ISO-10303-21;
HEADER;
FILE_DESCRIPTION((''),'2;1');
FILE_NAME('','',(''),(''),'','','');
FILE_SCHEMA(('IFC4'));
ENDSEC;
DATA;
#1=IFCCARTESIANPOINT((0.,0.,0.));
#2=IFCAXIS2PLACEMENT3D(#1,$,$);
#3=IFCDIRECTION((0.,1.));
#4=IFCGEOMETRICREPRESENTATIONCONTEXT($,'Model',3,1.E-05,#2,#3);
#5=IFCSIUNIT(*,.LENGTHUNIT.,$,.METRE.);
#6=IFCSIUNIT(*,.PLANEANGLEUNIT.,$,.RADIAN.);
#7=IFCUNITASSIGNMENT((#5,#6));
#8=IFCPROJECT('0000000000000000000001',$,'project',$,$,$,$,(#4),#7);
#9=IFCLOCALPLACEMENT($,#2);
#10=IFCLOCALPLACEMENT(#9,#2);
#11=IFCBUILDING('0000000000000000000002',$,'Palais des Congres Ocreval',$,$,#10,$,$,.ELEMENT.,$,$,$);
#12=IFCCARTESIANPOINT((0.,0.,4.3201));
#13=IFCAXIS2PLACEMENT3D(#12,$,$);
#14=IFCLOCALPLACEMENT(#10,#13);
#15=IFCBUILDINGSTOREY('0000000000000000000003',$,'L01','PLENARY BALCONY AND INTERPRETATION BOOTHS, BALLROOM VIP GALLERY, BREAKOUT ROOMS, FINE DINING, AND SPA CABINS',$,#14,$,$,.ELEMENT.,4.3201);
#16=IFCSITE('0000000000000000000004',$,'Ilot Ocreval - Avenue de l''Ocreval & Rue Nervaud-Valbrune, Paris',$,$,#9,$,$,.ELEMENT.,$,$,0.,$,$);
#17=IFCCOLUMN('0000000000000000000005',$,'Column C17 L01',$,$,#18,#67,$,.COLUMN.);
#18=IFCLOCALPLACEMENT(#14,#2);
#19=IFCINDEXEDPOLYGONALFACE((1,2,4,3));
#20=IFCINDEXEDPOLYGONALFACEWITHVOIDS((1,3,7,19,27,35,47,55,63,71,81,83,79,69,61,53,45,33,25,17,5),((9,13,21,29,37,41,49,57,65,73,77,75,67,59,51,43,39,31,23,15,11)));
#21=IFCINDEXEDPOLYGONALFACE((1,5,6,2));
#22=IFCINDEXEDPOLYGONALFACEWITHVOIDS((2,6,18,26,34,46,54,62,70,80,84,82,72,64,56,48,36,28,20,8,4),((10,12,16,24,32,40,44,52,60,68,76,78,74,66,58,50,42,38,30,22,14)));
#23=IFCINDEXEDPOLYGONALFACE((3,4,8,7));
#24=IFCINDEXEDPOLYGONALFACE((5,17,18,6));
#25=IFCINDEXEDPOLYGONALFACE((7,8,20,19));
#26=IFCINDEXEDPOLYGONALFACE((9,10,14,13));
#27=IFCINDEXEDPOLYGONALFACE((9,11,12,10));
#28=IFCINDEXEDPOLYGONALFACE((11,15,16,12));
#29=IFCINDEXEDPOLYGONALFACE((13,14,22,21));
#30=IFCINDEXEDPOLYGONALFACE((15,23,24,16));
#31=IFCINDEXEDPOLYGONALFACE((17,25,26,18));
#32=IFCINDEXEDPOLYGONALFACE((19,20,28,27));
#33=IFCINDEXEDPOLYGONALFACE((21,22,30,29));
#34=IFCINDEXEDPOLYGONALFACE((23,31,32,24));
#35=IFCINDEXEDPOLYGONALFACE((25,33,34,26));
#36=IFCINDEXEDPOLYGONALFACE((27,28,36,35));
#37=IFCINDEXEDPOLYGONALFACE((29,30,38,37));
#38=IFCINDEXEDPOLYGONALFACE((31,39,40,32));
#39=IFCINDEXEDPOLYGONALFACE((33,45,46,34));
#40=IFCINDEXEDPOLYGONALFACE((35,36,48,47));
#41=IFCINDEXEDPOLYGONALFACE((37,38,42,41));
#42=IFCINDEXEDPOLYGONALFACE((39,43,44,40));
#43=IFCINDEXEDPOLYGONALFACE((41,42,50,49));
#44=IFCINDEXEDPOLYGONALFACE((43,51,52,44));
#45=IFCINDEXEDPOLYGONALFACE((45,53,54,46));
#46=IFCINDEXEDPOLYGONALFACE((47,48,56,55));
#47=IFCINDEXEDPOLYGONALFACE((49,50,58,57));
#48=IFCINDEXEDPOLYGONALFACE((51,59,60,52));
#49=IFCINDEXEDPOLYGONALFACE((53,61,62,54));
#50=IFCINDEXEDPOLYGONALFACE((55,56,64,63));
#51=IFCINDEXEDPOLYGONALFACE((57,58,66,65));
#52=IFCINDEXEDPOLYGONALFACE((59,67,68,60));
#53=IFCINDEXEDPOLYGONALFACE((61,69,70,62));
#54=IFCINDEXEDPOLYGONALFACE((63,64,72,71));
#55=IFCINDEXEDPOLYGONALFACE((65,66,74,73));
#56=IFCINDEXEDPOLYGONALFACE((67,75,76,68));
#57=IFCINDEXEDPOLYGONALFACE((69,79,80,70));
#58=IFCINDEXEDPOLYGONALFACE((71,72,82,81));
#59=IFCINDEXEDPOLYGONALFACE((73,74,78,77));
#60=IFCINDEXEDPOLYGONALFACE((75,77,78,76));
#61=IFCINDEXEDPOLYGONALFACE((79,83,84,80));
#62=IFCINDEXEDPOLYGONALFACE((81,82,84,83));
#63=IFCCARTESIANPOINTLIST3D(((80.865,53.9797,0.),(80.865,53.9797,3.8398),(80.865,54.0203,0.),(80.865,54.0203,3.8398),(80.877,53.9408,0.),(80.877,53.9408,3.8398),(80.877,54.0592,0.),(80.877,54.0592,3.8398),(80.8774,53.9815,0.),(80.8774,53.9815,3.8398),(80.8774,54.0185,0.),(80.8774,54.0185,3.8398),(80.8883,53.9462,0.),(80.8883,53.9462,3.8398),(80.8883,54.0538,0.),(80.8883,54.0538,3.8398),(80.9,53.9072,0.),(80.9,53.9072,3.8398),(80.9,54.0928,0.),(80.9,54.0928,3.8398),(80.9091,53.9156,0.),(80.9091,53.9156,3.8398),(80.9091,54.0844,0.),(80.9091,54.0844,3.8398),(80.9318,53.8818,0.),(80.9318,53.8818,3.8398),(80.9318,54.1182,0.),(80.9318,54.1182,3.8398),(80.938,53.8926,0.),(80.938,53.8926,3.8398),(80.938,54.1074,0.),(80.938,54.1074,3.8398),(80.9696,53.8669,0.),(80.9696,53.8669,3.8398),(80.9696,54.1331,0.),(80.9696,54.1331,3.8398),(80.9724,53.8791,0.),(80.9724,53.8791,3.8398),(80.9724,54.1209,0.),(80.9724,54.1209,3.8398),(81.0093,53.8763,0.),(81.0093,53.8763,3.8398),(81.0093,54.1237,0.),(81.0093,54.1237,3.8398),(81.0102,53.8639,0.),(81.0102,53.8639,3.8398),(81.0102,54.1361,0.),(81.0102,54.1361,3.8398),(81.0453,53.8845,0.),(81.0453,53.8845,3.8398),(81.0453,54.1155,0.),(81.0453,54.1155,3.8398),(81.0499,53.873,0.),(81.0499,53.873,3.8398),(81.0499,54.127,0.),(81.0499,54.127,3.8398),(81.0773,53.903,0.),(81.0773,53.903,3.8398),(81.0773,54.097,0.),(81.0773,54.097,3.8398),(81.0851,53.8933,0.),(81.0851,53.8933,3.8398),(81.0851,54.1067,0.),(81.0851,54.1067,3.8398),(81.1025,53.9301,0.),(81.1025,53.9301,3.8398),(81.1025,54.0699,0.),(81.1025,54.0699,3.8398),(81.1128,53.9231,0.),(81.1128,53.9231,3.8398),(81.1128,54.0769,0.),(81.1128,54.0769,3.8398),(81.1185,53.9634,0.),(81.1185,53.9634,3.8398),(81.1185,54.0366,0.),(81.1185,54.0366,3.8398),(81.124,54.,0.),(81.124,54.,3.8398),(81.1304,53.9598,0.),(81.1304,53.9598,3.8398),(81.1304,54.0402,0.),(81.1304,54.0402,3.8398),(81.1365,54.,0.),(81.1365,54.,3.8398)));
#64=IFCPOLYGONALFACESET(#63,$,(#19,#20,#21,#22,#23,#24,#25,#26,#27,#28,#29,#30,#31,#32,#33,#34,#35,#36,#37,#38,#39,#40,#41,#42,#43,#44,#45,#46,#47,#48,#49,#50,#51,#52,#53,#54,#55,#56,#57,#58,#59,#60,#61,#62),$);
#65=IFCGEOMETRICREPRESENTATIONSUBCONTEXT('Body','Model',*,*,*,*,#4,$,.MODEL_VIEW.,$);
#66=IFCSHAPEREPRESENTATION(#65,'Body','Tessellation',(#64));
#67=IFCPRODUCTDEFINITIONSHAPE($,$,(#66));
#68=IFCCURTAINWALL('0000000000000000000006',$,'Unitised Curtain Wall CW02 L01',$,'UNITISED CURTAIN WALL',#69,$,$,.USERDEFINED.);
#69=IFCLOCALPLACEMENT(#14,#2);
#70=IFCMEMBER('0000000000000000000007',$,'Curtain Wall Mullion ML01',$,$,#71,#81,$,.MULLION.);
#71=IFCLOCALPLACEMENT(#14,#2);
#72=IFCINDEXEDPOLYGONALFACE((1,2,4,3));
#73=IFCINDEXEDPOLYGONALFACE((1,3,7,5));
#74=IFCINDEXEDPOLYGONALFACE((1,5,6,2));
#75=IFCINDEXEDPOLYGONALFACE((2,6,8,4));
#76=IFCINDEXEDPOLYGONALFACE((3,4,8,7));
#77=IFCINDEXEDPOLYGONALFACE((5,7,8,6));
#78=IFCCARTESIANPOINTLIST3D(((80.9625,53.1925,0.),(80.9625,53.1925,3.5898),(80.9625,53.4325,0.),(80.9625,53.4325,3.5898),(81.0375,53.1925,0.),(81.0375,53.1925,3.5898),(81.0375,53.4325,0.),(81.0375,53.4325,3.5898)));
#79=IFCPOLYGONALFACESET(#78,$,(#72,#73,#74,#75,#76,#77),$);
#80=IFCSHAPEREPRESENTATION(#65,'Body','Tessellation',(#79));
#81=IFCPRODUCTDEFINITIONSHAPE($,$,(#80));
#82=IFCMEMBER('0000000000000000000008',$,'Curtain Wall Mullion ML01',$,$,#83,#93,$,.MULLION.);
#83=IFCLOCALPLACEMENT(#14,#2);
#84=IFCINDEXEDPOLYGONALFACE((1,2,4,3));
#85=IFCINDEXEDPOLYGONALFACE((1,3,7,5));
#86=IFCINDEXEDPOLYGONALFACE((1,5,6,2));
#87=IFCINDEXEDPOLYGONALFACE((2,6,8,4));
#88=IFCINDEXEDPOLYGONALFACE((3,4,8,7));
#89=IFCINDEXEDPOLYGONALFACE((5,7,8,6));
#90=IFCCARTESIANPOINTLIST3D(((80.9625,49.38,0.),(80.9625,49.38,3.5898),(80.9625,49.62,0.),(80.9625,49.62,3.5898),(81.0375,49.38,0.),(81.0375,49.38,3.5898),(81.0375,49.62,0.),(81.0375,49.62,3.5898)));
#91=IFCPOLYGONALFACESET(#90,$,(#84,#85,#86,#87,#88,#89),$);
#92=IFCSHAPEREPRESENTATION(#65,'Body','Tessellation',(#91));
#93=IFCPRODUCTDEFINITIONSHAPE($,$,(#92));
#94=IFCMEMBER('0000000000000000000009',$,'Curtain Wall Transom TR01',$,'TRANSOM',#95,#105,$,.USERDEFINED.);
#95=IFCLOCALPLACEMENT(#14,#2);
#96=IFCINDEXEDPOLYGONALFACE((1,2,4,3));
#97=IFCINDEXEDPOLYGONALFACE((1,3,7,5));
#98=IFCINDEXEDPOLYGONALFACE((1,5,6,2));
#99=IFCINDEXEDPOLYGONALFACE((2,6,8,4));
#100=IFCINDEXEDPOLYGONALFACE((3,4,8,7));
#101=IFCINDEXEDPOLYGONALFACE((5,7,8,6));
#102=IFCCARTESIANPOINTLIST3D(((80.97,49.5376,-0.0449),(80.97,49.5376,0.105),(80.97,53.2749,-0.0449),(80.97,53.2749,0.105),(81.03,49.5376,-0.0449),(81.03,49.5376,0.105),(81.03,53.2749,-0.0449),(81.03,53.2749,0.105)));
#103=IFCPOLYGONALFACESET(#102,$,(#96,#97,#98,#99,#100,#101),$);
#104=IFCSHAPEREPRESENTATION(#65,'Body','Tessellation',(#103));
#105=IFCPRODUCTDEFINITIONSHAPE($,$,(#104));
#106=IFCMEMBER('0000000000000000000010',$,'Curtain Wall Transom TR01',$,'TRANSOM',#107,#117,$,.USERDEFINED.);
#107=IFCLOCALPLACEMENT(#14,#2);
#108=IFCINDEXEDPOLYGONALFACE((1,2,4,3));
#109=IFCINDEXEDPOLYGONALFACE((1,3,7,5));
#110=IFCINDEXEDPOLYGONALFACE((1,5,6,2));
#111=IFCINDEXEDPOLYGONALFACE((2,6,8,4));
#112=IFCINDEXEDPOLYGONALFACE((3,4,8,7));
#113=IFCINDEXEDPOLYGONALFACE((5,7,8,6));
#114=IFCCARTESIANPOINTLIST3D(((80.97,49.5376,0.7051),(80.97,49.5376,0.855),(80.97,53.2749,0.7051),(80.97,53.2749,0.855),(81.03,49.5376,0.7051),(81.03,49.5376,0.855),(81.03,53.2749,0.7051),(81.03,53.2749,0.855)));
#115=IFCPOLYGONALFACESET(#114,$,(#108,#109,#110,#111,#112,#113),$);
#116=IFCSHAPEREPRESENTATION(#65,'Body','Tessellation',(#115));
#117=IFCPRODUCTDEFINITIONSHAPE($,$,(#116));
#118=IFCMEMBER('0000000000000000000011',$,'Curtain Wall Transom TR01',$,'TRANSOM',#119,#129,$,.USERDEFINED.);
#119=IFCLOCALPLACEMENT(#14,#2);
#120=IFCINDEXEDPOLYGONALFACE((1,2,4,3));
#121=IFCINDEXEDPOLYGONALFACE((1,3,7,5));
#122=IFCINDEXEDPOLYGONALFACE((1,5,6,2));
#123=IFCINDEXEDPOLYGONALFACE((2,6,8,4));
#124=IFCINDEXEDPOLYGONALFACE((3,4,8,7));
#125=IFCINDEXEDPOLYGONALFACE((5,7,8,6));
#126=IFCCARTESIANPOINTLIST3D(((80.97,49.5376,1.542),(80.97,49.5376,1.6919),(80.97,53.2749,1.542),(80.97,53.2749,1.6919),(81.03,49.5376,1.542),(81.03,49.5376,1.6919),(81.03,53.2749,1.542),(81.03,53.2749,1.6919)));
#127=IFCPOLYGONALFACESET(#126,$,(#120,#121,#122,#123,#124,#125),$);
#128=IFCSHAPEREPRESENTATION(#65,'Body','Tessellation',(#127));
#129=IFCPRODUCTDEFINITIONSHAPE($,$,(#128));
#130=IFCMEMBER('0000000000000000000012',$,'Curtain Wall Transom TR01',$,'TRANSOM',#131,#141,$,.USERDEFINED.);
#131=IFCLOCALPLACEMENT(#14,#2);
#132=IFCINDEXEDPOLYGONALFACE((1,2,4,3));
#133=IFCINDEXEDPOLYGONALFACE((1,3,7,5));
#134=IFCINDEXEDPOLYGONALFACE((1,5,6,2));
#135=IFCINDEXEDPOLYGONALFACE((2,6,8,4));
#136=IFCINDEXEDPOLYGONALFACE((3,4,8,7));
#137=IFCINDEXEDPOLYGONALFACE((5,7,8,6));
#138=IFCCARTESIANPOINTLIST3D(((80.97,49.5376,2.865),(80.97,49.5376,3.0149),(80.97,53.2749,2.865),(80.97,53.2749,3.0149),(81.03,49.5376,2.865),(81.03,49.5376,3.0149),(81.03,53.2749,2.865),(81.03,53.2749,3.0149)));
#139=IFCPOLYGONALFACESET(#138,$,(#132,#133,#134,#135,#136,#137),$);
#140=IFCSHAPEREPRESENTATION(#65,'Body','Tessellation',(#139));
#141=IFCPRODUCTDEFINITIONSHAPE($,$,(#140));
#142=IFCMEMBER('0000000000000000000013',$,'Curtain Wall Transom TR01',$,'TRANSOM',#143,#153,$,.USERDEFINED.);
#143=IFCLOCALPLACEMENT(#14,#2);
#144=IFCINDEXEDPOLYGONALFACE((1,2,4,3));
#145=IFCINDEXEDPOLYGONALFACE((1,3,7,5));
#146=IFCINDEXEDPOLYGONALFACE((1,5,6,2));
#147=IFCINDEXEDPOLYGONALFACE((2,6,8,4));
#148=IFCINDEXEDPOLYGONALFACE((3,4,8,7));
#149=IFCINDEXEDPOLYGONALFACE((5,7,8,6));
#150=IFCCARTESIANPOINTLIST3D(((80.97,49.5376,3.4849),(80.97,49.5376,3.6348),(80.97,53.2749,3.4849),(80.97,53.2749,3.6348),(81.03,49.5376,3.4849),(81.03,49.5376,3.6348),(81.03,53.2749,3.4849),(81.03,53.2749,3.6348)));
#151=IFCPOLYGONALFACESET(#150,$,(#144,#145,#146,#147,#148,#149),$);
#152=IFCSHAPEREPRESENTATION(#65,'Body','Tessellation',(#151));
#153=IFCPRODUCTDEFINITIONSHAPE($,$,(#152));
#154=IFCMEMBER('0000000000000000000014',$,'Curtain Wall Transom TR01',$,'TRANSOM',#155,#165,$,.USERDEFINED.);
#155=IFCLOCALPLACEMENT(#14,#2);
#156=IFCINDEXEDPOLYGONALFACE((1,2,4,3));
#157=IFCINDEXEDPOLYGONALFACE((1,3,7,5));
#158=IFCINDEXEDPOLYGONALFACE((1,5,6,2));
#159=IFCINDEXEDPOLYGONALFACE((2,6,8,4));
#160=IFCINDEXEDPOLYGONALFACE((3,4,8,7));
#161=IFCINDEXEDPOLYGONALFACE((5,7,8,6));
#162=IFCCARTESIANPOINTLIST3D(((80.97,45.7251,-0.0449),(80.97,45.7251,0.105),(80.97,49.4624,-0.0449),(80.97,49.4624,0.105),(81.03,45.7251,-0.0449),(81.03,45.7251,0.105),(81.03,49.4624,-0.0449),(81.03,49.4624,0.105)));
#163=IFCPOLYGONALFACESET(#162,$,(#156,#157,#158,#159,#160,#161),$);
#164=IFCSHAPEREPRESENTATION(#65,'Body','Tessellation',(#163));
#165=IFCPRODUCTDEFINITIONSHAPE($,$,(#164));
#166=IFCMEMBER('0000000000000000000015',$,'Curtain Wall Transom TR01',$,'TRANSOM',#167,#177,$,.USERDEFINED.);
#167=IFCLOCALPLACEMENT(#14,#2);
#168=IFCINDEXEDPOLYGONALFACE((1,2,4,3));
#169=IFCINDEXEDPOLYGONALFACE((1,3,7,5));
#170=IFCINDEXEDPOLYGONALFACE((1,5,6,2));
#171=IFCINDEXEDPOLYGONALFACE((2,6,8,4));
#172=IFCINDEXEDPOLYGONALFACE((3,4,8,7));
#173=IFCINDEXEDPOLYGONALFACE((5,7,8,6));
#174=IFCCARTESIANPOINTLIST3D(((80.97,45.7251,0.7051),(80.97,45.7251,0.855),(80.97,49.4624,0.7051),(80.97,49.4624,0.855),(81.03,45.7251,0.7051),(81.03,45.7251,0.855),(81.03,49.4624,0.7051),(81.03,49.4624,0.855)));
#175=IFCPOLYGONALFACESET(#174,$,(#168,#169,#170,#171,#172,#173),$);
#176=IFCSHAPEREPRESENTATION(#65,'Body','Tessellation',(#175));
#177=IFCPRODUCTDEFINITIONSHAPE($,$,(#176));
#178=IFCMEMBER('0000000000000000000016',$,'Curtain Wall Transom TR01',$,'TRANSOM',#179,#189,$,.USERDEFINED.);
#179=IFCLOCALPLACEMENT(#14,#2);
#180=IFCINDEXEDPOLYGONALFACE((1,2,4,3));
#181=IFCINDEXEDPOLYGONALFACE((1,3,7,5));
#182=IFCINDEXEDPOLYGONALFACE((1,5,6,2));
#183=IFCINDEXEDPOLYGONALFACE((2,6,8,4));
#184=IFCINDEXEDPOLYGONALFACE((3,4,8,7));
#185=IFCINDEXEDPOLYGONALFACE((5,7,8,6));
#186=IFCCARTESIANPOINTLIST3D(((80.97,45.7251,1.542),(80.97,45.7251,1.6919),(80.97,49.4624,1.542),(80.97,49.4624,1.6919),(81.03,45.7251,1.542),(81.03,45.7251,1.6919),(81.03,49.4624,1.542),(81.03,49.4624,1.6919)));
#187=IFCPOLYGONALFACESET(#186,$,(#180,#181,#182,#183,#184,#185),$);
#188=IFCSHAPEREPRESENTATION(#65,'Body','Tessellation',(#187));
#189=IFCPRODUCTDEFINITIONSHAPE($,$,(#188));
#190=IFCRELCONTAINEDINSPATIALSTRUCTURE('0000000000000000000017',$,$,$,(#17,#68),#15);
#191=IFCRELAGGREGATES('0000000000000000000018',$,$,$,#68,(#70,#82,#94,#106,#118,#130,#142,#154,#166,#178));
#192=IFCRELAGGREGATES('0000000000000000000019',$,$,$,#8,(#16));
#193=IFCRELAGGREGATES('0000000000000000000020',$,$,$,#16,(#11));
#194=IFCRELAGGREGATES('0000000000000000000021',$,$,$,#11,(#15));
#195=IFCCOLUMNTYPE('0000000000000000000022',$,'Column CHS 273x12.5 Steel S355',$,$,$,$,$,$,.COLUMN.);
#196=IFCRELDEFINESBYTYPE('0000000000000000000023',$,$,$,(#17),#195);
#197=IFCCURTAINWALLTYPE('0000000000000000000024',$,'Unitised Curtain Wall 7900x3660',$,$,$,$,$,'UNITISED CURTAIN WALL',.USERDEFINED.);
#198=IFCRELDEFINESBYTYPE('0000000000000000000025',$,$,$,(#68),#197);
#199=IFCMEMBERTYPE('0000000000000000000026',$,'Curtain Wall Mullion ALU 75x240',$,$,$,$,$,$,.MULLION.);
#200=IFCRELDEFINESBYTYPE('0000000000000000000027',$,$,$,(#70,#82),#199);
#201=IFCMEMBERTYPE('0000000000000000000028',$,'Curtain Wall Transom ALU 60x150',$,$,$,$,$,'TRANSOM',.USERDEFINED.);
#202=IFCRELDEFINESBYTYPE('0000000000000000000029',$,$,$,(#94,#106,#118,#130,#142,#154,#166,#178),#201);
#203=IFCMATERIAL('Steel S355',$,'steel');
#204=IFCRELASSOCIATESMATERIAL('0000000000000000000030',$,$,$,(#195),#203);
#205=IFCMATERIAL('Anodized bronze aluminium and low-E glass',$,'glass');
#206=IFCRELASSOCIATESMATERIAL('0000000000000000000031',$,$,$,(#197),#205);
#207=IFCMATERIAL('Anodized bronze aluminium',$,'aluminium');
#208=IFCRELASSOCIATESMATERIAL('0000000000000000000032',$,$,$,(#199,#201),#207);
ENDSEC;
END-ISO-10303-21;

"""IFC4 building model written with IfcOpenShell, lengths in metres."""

from ifc_helpers import new_model, si_unit, direction, frame, origin, origin_2d, place, context, subcontext, project, spatial, rectangle, hollow_circle, extrude, material, material_profile, profile_set, type_object, element, aggregate, save


model = new_model("IFC4")

# Units and contexts
model_context = context("Model", 3, precision=1e-05, world=origin(), true_north=direction((0.0, 1.0)))
body_context = subcontext(model_context, "Body", "Model", "MODEL_VIEW")
ifc_project = project(units=[si_unit("LENGTHUNIT", "METRE"), si_unit("PLANEANGLEUNIT", "RADIAN")], contexts=[model_context])

# Site, building, storey
site_placement = place(None, origin())
site = spatial("IfcSite", under=ifc_project, at=site_placement, Name="Ilot Ocreval - Avenue de l'Ocreval & Rue Nervaud-Valbrune, Paris", CompositionType="ELEMENT", RefElevation=0.0)
building_placement = place(site_placement, origin())
building = spatial("IfcBuilding", under=site, at=building_placement, Name="Palais des Congres Ocreval", CompositionType="ELEMENT")
storey_placement = place(building_placement, frame((0.0, 0.0, 4.3201)))
storey = spatial("IfcBuildingStorey", under=building, at=storey_placement, Name="L01", Description="PLENARY BALCONY AND INTERPRETATION BOOTHS, BALLROOM VIP GALLERY, BREAKOUT ROOMS, FINE DINING, AND SPA CABINS", CompositionType="ELEMENT", Elevation=4.3201)

# Column
ifc_material_1 = material(Name="Steel S355", Category="steel")
ifc_material_profile_1 = material_profile(ifc_material_1, hollow_circle(Radius=0.1365, WallThickness=0.0125, at=origin_2d()), Name="CHS 273x12.5")
ifc_profile_set_1 = profile_set([ifc_material_profile_1], Name="Steel S355")
column_type = type_object("IfcColumnType", Name="Column CHS 273x12.5 Steel S355", PredefinedType="COLUMN", material=ifc_profile_set_1)
column_placement = place(storey_placement, frame((81.0, 54.0, 0.0), z_axis=(0.0, 0.0, 1.0), x_axis=(1.0, 0.0, 0.0)))
element("IfcColumn", 1, at=column_placement, inside=storey, type_object=column_type, Name="Column C17 L01", PredefinedType="COLUMN", context=body_context, shape_type="SweptSolid", body=[
    extrude(hollow_circle(Radius=0.1365, WallThickness=0.0125, at=origin_2d()), origin(), (0.0, 0.0, 1.0), 3.8398),
])

# Curtain wall, members
ifc_material_2 = material(Name="Anodized bronze aluminium and low-E glass", Category="glass")
curtain_wall_type = type_object("IfcCurtainWallType", Name="Unitised Curtain Wall 7900x3660", ElementType="UNITISED CURTAIN WALL", PredefinedType="USERDEFINED", material=ifc_material_2)
curtain_wall_placement = place(storey_placement, origin())
curtain_wall = element("IfcCurtainWall", 2, at=curtain_wall_placement, inside=storey, type_object=curtain_wall_type, Name="Unitised Curtain Wall CW02 L01", ObjectType="UNITISED CURTAIN WALL", PredefinedType="USERDEFINED")
ifc_material_3 = material(Name="Anodized bronze aluminium", Category="aluminium")
ifc_material_profile_2 = material_profile(ifc_material_3, rectangle(XDim=0.075, YDim=0.24, at=origin_2d()), Name="ALU 75x240")
ifc_profile_set_2 = profile_set([ifc_material_profile_2], Name="Anodized bronze aluminium")
member_type_1 = type_object("IfcMemberType", Name="Curtain Wall Mullion ALU 75x240", PredefinedType="MULLION", material=ifc_profile_set_2)
member_1_placement = place(storey_placement, frame((81.0, 53.3125, 0.0), z_axis=(0.0, 0.0, 1.0), x_axis=(1.0, 0.0, 0.0)))
member_1 = element("IfcMember", 3, at=member_1_placement, type_object=member_type_1, Name="Curtain Wall Mullion ML01", PredefinedType="MULLION", context=body_context, shape_type="SweptSolid", body=[
    extrude(rectangle(XDim=0.075, YDim=0.24, at=origin_2d()), origin(), (0.0, 0.0, 1.0), 3.5898),
])
member_2_placement = place(storey_placement, frame((81.0, 49.5, 0.0), z_axis=(0.0, 0.0, 1.0), x_axis=(1.0, 0.0, 0.0)))
member_2 = element("IfcMember", 4, at=member_2_placement, type_object=member_type_1, Name="Curtain Wall Mullion ML01", PredefinedType="MULLION", context=body_context, shape_type="SweptSolid", body=[
    extrude(rectangle(XDim=0.075, YDim=0.24, at=origin_2d()), origin(), (0.0, 0.0, 1.0), 3.5898),
])
ifc_material_profile_3 = material_profile(ifc_material_3, rectangle(XDim=0.0601, YDim=0.1499, at=origin_2d()), Name="ALU 60x150")
ifc_profile_set_3 = profile_set([ifc_material_profile_3], Name="Anodized bronze aluminium")
member_type_2 = type_object("IfcMemberType", Name="Curtain Wall Transom ALU 60x150", ElementType="TRANSOM", PredefinedType="USERDEFINED", material=ifc_profile_set_3)
member_3_placement = place(storey_placement, frame((81.0, 53.2749, 0.03), z_axis=(0.0, -1.0, 0.0), x_axis=(1.0, 0.0, 0.0)))
member_3 = element("IfcMember", 5, at=member_3_placement, type_object=member_type_2, Name="Curtain Wall Transom TR01", ObjectType="TRANSOM", PredefinedType="USERDEFINED", context=body_context, shape_type="SweptSolid", body=[
    extrude(rectangle(XDim=0.0601, YDim=0.1499, at=origin_2d()), origin(), (0.0, 0.0, 1.0), 3.7373),
])
member_4_placement = place(storey_placement, frame((81.0, 53.2749, 0.78), z_axis=(0.0, -1.0, 0.0), x_axis=(1.0, 0.0, 0.0)))
member_4 = element("IfcMember", 6, at=member_4_placement, type_object=member_type_2, Name="Curtain Wall Transom TR01", ObjectType="TRANSOM", PredefinedType="USERDEFINED", context=body_context, shape_type="SweptSolid", body=[
    extrude(rectangle(XDim=0.0601, YDim=0.1499, at=origin_2d()), origin(), (0.0, 0.0, 1.0), 3.7373),
])
member_5_placement = place(storey_placement, frame((81.0, 53.2749, 1.6169), z_axis=(0.0, -1.0, 0.0), x_axis=(1.0, 0.0, 0.0)))
member_5 = element("IfcMember", 7, at=member_5_placement, type_object=member_type_2, Name="Curtain Wall Transom TR01", ObjectType="TRANSOM", PredefinedType="USERDEFINED", context=body_context, shape_type="SweptSolid", body=[
    extrude(rectangle(XDim=0.0601, YDim=0.1499, at=origin_2d()), origin(), (0.0, 0.0, 1.0), 3.7373),
])
member_6_placement = place(storey_placement, frame((81.0, 53.2749, 2.9399), z_axis=(0.0, -1.0, 0.0), x_axis=(1.0, 0.0, 0.0)))
member_6 = element("IfcMember", 8, at=member_6_placement, type_object=member_type_2, Name="Curtain Wall Transom TR01", ObjectType="TRANSOM", PredefinedType="USERDEFINED", context=body_context, shape_type="SweptSolid", body=[
    extrude(rectangle(XDim=0.0601, YDim=0.1499, at=origin_2d()), origin(), (0.0, 0.0, 1.0), 3.7373),
])
member_7_placement = place(storey_placement, frame((81.0, 53.2749, 3.5598), z_axis=(0.0, -1.0, 0.0), x_axis=(1.0, 0.0, 0.0)))
member_7 = element("IfcMember", 9, at=member_7_placement, type_object=member_type_2, Name="Curtain Wall Transom TR01", ObjectType="TRANSOM", PredefinedType="USERDEFINED", context=body_context, shape_type="SweptSolid", body=[
    extrude(rectangle(XDim=0.0601, YDim=0.1499, at=origin_2d()), origin(), (0.0, 0.0, 1.0), 3.7373),
])
member_8_placement = place(storey_placement, frame((81.0, 49.4624, 0.03), z_axis=(0.0, -1.0, 0.0), x_axis=(1.0, 0.0, 0.0)))
member_8 = element("IfcMember", 10, at=member_8_placement, type_object=member_type_2, Name="Curtain Wall Transom TR01", ObjectType="TRANSOM", PredefinedType="USERDEFINED", context=body_context, shape_type="SweptSolid", body=[
    extrude(rectangle(XDim=0.0601, YDim=0.1499, at=origin_2d()), origin(), (0.0, 0.0, 1.0), 3.7373),
])
member_9_placement = place(storey_placement, frame((81.0, 49.4624, 0.78), z_axis=(0.0, -1.0, 0.0), x_axis=(1.0, 0.0, 0.0)))
member_9 = element("IfcMember", 11, at=member_9_placement, type_object=member_type_2, Name="Curtain Wall Transom TR01", ObjectType="TRANSOM", PredefinedType="USERDEFINED", context=body_context, shape_type="SweptSolid", body=[
    extrude(rectangle(XDim=0.0601, YDim=0.1499, at=origin_2d()), origin(), (0.0, 0.0, 1.0), 3.7373),
])
member_10_placement = place(storey_placement, frame((81.0, 49.4624, 1.6169), z_axis=(0.0, -1.0, 0.0), x_axis=(1.0, 0.0, 0.0)))
member_10 = element("IfcMember", 12, at=member_10_placement, type_object=member_type_2, Name="Curtain Wall Transom TR01", ObjectType="TRANSOM", PredefinedType="USERDEFINED", context=body_context, shape_type="SweptSolid", body=[
    extrude(rectangle(XDim=0.0601, YDim=0.1499, at=origin_2d()), origin(), (0.0, 0.0, 1.0), 3.7373),
])
aggregate(curtain_wall, [member_1, member_2, member_3, member_4, member_5, member_6, member_7, member_8, member_9, member_10])

save(model, "model.ifc")
